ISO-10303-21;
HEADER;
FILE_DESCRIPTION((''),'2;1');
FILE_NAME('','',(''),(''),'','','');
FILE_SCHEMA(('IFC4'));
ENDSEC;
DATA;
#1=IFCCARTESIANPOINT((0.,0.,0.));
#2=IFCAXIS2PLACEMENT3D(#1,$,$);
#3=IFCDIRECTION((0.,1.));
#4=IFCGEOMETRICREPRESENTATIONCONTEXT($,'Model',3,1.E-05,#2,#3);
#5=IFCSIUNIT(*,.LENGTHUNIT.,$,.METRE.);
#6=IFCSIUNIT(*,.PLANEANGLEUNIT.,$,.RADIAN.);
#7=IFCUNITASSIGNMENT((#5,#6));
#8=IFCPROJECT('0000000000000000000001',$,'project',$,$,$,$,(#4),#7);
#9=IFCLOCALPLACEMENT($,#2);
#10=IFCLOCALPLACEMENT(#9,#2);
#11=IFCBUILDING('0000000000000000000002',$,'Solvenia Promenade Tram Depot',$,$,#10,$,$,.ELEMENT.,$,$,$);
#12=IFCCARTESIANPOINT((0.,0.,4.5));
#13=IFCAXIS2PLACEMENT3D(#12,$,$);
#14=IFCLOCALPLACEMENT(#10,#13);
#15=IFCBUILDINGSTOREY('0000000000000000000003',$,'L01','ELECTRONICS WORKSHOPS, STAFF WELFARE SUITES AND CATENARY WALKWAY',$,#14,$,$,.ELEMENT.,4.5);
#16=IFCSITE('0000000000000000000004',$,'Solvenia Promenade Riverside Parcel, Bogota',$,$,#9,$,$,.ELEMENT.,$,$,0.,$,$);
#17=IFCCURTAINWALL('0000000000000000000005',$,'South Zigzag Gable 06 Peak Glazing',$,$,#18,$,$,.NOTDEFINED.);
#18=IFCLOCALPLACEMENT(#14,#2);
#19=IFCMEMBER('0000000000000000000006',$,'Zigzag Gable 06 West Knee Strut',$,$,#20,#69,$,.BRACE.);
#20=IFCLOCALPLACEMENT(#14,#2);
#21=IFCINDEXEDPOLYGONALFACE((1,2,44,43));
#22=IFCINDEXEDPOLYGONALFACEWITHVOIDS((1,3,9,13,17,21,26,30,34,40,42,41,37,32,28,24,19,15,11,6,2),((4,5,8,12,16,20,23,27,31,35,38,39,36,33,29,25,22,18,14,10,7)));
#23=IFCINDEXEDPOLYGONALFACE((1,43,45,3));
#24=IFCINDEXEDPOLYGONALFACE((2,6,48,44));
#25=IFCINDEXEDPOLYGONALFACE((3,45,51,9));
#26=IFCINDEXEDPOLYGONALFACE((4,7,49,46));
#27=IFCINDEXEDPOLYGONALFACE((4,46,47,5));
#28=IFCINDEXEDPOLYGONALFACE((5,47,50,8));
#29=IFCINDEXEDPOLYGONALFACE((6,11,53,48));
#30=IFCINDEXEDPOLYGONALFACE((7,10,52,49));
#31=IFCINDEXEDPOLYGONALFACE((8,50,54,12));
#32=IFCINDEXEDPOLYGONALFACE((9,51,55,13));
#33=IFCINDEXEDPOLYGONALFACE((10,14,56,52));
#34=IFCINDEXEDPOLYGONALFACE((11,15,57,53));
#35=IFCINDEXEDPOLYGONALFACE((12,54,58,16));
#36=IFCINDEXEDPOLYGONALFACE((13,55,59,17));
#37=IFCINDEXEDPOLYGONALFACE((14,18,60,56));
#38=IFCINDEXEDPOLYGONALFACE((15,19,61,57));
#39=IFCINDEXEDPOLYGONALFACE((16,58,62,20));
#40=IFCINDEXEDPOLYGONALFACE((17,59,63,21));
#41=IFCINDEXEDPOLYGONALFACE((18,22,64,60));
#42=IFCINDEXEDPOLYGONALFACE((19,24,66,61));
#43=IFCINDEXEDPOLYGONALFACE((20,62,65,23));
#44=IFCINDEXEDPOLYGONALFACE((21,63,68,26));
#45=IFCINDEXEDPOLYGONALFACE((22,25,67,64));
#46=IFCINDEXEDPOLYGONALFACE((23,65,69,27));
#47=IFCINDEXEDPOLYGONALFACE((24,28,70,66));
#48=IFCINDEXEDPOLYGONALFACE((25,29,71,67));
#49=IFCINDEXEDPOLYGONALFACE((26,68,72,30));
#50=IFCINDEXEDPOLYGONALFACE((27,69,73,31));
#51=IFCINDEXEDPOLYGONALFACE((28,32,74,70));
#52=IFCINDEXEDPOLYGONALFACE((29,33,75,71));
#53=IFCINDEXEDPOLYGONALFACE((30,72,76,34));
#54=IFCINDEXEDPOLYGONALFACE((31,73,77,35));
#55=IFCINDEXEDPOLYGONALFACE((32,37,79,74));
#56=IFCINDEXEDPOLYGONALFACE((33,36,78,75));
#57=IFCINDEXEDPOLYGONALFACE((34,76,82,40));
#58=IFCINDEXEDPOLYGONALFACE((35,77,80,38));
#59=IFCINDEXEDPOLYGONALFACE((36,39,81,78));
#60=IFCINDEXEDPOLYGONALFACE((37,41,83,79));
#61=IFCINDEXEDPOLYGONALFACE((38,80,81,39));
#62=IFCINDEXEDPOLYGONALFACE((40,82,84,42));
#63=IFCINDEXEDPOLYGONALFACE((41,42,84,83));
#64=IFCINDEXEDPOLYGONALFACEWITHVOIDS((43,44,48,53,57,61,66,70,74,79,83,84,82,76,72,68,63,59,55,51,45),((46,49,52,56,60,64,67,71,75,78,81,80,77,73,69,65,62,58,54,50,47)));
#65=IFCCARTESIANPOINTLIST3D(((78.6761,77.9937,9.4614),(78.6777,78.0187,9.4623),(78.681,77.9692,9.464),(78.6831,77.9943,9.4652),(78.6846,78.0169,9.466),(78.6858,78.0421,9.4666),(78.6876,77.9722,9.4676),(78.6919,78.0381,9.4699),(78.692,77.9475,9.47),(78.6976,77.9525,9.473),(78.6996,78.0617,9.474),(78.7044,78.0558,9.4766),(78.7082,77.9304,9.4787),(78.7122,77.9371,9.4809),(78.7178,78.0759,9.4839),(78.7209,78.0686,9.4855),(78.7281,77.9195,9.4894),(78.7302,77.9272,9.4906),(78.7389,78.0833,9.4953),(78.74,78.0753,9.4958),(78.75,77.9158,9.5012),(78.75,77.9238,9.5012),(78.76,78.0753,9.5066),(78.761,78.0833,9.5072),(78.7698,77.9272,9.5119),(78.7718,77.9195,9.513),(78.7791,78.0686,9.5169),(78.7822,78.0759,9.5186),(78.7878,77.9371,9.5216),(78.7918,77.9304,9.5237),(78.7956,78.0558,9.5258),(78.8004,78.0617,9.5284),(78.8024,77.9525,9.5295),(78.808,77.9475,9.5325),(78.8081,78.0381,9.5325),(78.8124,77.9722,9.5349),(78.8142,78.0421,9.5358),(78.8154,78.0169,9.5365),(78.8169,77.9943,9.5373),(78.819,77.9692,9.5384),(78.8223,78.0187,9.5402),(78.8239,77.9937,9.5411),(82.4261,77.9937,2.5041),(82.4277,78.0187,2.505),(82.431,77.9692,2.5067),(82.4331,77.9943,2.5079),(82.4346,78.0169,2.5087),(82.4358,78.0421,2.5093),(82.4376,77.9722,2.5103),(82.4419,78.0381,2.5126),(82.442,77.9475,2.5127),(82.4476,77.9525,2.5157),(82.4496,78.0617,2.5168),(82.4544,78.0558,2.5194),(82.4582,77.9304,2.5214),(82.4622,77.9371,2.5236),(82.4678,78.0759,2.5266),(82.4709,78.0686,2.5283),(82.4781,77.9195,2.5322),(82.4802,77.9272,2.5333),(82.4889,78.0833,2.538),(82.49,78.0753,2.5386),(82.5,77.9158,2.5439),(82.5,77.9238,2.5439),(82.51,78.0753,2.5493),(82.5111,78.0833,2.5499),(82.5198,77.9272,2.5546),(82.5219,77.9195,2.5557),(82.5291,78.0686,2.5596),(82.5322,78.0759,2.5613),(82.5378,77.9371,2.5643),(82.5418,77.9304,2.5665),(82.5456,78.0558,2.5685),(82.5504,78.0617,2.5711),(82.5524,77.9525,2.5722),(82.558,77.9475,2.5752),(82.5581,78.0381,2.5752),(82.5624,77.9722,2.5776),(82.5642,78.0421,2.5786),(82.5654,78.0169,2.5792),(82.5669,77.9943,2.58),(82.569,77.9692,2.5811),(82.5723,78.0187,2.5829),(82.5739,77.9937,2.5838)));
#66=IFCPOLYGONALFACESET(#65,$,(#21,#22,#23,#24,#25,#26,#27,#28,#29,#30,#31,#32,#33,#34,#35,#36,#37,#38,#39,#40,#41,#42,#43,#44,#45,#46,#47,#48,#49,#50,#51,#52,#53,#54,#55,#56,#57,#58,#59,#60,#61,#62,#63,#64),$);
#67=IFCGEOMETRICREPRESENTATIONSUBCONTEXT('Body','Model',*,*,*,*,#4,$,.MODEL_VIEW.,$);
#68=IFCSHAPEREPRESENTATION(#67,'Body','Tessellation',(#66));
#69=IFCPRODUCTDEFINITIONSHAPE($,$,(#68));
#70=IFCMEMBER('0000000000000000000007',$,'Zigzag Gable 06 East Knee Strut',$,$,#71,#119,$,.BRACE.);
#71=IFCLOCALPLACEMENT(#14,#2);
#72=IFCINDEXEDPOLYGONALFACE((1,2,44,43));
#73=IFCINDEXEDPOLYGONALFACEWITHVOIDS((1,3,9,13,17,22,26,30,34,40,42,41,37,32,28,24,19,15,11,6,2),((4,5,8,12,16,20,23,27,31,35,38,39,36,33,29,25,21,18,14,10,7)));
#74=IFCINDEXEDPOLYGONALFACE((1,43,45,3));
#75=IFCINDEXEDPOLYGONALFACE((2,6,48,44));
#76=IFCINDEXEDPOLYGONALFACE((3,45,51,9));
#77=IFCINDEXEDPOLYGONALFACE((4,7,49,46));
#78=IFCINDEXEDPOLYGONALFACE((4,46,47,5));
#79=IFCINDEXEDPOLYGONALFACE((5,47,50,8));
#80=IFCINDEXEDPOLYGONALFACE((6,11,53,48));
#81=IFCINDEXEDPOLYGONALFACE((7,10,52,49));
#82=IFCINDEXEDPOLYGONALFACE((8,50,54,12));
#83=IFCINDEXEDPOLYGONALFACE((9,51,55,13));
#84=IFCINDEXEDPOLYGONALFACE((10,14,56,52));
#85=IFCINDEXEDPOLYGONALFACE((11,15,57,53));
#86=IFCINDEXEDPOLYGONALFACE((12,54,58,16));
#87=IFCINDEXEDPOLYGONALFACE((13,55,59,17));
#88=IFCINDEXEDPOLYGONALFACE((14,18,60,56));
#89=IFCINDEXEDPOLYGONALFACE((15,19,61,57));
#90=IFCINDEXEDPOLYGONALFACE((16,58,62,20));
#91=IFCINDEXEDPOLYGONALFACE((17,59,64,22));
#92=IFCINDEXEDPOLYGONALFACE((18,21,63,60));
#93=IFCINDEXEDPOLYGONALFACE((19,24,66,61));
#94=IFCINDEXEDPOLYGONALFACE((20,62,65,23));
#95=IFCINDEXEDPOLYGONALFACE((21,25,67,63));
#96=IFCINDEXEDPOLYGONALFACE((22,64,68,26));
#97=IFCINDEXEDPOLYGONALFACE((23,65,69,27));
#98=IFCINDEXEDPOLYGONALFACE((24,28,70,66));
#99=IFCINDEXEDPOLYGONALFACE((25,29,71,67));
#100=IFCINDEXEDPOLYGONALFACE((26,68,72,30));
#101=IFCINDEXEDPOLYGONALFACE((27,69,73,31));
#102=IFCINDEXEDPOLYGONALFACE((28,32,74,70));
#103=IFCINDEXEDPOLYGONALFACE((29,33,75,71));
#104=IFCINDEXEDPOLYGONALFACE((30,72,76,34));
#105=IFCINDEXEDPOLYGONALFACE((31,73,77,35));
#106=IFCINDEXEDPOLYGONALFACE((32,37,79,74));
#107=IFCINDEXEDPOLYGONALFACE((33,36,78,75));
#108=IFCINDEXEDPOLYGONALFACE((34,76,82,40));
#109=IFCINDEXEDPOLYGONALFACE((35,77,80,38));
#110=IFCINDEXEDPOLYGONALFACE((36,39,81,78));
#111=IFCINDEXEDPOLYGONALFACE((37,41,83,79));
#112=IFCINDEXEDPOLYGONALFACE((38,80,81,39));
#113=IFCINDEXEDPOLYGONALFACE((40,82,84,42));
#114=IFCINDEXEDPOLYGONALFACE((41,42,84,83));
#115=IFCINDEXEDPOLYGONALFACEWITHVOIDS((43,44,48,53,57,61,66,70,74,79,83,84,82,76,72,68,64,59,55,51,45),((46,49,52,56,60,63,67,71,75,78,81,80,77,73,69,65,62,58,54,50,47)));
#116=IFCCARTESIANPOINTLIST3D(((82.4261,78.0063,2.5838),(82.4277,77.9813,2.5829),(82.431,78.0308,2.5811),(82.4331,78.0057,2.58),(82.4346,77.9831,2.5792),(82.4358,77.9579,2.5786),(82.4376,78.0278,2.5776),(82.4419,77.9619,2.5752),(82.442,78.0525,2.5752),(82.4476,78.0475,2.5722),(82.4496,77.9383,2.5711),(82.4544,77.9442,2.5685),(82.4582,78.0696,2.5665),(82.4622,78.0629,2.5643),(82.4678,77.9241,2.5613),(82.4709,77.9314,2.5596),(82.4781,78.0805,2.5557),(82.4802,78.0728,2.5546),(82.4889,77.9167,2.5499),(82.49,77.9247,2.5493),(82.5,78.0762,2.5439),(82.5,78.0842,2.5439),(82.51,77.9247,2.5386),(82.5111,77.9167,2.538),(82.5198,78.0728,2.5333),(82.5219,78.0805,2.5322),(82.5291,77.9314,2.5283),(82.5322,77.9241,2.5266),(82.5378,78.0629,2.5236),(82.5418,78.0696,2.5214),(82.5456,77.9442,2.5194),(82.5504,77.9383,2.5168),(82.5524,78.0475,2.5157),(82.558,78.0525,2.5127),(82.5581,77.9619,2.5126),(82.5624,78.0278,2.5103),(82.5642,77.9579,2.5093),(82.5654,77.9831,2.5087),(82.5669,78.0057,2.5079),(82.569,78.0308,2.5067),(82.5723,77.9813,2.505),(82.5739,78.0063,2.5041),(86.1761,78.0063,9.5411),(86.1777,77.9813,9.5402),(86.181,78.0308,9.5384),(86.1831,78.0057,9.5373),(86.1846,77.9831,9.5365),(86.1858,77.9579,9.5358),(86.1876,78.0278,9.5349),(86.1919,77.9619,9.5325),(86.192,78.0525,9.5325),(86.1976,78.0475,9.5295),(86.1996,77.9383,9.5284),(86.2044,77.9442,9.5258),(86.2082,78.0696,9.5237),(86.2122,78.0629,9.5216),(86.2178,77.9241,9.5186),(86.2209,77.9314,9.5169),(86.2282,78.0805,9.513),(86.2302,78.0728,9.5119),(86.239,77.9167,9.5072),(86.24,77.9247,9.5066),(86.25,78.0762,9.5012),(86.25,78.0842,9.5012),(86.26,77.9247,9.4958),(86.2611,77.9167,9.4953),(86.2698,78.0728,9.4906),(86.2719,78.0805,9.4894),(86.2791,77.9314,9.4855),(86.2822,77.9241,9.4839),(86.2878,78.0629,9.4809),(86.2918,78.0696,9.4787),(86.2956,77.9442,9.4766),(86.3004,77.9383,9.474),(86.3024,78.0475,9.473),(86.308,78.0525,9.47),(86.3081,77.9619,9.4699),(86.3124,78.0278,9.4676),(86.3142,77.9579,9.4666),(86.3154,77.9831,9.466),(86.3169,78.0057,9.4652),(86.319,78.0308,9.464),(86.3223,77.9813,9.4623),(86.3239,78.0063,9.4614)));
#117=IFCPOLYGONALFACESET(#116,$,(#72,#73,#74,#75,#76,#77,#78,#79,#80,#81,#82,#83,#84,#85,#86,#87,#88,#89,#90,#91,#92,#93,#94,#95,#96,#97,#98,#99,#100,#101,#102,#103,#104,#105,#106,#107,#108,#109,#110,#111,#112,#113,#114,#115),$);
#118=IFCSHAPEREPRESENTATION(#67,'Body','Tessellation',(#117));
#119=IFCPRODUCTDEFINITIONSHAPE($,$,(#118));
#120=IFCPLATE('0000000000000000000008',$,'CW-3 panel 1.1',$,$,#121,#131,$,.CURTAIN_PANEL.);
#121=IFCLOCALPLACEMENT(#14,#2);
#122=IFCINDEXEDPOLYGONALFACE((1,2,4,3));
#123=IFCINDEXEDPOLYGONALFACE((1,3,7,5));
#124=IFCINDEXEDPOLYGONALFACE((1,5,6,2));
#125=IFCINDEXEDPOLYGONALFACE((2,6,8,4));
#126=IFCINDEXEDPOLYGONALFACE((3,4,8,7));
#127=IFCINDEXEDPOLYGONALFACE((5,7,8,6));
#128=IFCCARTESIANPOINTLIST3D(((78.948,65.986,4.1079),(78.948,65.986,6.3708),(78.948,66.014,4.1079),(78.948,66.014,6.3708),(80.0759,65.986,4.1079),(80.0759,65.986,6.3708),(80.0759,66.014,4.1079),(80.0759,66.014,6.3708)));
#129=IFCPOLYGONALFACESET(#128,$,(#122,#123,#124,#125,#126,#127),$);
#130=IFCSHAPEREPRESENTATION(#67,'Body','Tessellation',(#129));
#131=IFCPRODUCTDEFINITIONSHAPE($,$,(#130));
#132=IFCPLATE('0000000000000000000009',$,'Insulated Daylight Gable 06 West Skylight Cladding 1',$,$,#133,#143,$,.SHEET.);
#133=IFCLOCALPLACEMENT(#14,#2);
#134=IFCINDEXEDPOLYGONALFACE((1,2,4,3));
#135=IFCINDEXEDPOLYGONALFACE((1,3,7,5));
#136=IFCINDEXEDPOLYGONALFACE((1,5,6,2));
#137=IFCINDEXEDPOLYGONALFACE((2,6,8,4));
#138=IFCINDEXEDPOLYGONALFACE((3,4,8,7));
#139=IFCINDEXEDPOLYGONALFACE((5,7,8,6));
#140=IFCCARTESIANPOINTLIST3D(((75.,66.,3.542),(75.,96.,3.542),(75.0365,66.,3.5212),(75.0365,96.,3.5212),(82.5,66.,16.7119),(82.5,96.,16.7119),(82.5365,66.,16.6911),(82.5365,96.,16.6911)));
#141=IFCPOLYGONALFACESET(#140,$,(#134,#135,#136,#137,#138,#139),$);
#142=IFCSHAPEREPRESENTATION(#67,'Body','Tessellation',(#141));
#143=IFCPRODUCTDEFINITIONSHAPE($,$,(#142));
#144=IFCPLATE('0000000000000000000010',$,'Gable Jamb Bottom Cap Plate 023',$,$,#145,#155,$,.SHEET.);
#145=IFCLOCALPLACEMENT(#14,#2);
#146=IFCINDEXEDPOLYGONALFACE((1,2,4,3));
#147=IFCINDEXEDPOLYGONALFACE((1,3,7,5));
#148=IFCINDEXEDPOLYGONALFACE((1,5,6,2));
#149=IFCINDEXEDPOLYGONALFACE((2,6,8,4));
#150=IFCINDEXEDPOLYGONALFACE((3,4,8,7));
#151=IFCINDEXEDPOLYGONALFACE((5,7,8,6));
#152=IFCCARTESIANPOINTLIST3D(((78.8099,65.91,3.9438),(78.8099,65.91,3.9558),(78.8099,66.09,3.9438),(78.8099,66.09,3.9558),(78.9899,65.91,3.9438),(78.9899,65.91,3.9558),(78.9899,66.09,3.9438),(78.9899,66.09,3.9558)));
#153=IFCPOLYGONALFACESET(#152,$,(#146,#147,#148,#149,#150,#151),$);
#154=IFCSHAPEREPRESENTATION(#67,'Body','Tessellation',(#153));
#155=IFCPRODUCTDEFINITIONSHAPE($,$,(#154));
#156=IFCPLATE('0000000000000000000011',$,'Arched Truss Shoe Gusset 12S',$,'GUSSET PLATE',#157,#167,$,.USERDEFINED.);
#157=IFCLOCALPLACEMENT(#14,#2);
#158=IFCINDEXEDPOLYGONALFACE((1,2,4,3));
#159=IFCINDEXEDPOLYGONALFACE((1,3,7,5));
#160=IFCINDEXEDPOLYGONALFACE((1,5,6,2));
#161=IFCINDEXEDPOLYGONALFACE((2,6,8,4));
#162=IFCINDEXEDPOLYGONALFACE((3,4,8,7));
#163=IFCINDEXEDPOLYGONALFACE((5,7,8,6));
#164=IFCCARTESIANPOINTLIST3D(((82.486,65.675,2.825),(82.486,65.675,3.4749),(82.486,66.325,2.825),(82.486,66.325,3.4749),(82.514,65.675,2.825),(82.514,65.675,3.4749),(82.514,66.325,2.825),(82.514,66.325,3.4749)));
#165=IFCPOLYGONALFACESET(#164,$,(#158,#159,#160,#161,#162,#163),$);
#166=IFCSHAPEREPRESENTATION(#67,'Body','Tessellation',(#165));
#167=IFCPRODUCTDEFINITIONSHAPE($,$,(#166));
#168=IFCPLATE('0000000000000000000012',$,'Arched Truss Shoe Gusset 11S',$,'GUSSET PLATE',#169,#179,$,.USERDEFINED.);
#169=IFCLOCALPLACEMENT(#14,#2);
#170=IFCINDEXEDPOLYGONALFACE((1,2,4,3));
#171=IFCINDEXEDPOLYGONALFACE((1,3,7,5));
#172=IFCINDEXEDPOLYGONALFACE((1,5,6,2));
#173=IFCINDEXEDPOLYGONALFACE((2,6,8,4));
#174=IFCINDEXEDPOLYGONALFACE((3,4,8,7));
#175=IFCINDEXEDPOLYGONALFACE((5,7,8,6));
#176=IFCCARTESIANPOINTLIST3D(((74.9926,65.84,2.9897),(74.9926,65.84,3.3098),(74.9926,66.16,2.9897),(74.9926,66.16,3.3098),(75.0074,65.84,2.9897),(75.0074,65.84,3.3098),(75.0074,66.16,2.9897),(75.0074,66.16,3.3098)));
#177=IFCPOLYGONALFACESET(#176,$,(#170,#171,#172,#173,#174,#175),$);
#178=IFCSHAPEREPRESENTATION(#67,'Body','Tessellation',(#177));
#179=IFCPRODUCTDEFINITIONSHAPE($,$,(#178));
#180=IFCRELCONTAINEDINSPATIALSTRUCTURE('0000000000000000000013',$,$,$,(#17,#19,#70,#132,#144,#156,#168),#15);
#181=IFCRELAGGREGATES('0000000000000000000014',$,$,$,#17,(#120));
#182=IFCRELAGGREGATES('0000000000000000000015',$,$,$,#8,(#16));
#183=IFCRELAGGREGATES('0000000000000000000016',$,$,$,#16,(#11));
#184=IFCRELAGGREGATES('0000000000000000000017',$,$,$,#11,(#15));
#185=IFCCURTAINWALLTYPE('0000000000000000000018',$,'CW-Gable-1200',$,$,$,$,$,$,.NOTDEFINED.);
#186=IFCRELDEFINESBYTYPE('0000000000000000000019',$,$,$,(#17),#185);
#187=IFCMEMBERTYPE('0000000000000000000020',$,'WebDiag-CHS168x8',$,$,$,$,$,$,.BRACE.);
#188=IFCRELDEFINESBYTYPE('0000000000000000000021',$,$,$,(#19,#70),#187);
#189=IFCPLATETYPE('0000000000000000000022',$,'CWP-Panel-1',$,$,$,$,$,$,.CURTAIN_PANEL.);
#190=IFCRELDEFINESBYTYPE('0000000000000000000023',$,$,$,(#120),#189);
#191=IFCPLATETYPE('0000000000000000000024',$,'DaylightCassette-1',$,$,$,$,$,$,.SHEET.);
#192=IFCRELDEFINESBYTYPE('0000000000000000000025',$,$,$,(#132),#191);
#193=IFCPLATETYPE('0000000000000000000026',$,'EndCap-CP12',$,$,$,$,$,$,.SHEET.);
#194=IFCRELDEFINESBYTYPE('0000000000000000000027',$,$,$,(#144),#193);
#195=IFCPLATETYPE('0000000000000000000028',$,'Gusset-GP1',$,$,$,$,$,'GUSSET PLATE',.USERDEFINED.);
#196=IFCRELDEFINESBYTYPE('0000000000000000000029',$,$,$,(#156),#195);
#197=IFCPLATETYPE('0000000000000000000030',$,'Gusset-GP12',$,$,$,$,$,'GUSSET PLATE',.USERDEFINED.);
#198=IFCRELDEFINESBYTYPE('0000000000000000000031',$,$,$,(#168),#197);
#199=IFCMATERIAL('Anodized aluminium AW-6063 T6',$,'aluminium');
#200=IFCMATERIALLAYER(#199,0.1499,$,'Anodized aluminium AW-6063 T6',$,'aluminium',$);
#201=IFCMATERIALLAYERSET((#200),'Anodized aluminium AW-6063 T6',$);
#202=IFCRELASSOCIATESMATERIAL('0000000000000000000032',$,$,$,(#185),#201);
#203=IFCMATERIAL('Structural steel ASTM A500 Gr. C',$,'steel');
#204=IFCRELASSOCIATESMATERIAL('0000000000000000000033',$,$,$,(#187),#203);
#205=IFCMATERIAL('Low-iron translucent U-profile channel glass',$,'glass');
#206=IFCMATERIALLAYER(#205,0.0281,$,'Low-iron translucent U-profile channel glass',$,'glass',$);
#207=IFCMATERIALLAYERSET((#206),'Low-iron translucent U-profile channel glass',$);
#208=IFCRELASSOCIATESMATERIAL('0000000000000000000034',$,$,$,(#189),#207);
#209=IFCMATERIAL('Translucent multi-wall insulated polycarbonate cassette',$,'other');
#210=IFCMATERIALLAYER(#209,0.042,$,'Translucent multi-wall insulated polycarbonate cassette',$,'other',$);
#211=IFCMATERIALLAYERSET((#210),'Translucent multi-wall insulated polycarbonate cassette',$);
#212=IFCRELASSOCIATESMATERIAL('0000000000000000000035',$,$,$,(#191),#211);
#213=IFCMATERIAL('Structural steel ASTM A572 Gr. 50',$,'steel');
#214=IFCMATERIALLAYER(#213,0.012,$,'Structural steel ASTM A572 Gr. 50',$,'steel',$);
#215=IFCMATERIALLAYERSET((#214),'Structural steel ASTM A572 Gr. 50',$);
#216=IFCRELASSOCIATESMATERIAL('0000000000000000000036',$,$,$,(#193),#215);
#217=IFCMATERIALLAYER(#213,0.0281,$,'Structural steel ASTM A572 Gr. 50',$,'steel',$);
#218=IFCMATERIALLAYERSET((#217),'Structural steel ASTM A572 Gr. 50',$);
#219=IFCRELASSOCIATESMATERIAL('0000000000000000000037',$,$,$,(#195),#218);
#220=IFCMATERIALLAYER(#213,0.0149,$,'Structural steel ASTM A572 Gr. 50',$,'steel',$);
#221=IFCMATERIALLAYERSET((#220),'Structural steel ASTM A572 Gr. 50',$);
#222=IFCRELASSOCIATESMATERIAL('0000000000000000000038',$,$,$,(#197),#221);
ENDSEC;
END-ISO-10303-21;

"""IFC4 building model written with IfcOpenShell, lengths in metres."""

from ifc_helpers import new_model, si_unit, direction, frame, origin, origin_2d, place, context, subcontext, project, spatial, polyline, rectangle, hollow_circle, outline, extrude, material, layer, layer_set, material_profile, profile_set, type_object, element, aggregate, save


model = new_model("IFC4")

# Units and contexts
model_context = context("Model", 3, precision=1e-05, world=origin(), true_north=direction((0.0, 1.0)))
body_context = subcontext(model_context, "Body", "Model", "MODEL_VIEW")
ifc_project = project(units=[si_unit("LENGTHUNIT", "METRE"), si_unit("PLANEANGLEUNIT", "RADIAN")], contexts=[model_context])

# Site, building, storey
site_placement = place(None, origin())
site = spatial("IfcSite", under=ifc_project, at=site_placement, Name="Solvenia Promenade Riverside Parcel, Bogota", CompositionType="ELEMENT", RefElevation=0.0)
building_placement = place(site_placement, origin())
building = spatial("IfcBuilding", under=site, at=building_placement, Name="Solvenia Promenade Tram Depot", CompositionType="ELEMENT")
storey_placement = place(building_placement, frame((0.0, 0.0, 4.5)))
storey = spatial("IfcBuildingStorey", under=building, at=storey_placement, Name="L01", Description="ELECTRONICS WORKSHOPS, STAFF WELFARE SUITES AND CATENARY WALKWAY", CompositionType="ELEMENT", Elevation=4.5)

# Shared definitions
ifc_material_1 = material(Name="Structural steel ASTM A500 Gr. C", Category="steel")

# Curtain wall
ifc_material_2 = material(Name="Anodized aluminium AW-6063 T6", Category="aluminium")
ifc_layer_1 = layer(ifc_material_2, 0.1499, Name="Anodized aluminium AW-6063 T6", Category="aluminium")
ifc_layer_set_1 = layer_set([ifc_layer_1], Name="Anodized aluminium AW-6063 T6")
curtain_wall_type_1 = type_object("IfcCurtainWallType", Name="CW-Gable-1200", PredefinedType="NOTDEFINED", material=ifc_layer_set_1)
curtain_wall_1_placement = place(storey_placement, origin())
curtain_wall_1 = element("IfcCurtainWall", 1, at=curtain_wall_1_placement, inside=storey, type_object=curtain_wall_type_1, Name="South Zigzag Gable 06 Peak Glazing", PredefinedType="NOTDEFINED")

# Members
ifc_material_profile_1 = material_profile(ifc_material_1, hollow_circle(Radius=0.0842, WallThickness=0.0081, at=origin_2d()), Name="CHS168.3x8", Category="steel")
ifc_profile_set_1 = profile_set([ifc_material_profile_1], Name="Structural steel ASTM A500 Gr. C")
member_type_1 = type_object("IfcMemberType", Name="WebDiag-CHS168x8", PredefinedType="BRACE", material=ifc_profile_set_1)
for number, where, z_axis, x_axis, name in (
    (2, (82.5, 78.0, 2.5439), (-0.47447, 0.0, 0.880272), (0.0, -1.0, 0.0), "Zigzag Gable 06 West Knee Strut"),
    (3, (82.5, 78.0, 2.5439), (0.47447, 0.0, 0.880272), (0.0, 1.0, 0.0), "Zigzag Gable 06 East Knee Strut"),
):
    element("IfcMember", number, at=place(storey_placement, frame(where, z_axis=z_axis, x_axis=x_axis)), inside=storey, type_object=member_type_1, Name=name, PredefinedType="BRACE", context=body_context, shape_type="SweptSolid", body=[
        extrude(hollow_circle(Radius=0.0842, WallThickness=0.0081, at=origin_2d()), origin(), (0.0, 0.0, 1.0), 7.9036),
    ])

# Plate
ifc_material_3 = material(Name="Low-iron translucent U-profile channel glass", Category="glass")
ifc_layer_2 = layer(ifc_material_3, 0.0281, Name="Low-iron translucent U-profile channel glass", Category="glass")
ifc_layer_set_2 = layer_set([ifc_layer_2], Name="Low-iron translucent U-profile channel glass")
plate_type_1 = type_object("IfcPlateType", Name="CWP-Panel-1", PredefinedType="CURTAIN_PANEL", material=ifc_layer_set_2)
plate_1_placement = place(storey_placement, frame((79.512, 66.0, 4.1079), z_axis=(0.0, 0.0, 1.0), x_axis=(1.0, 0.0, 0.0)))
plate_1 = element("IfcPlate", 4, at=plate_1_placement, type_object=plate_type_1, Name="CW-3 panel 1.1", PredefinedType="CURTAIN_PANEL", context=body_context, shape_type="SweptSolid", body=[
    extrude(rectangle(XDim=1.1279, YDim=0.0281, at=origin_2d()), origin(), (0.0, 0.0, 1.0), 2.2629),
])
aggregate(curtain_wall_1, [plate_1])

# Plates
ifc_material_4 = material(Name="Translucent multi-wall insulated polycarbonate cassette", Category="other")
ifc_layer_3 = layer(ifc_material_4, 0.042, Name="Translucent multi-wall insulated polycarbonate cassette", Category="other")
ifc_layer_set_3 = layer_set([ifc_layer_3], Name="Translucent multi-wall insulated polycarbonate cassette")
plate_type_2 = type_object("IfcPlateType", Name="DaylightCassette-1", PredefinedType="SHEET", material=ifc_layer_set_3)
plate_2_placement = place(storey_placement, frame((75.0, 66.0, 3.542), z_axis=(-0.868972, 0.0, 0.494862), x_axis=(0.0, 1.0, 0.0)))
element("IfcPlate", 5, at=plate_2_placement, inside=storey, type_object=plate_type_2, Name="Insulated Daylight Gable 06 West Skylight Cladding 1", PredefinedType="SHEET", context=body_context, shape_type="SweptSolid", body=[
    extrude(outline(polyline([(0.0, 0.0), (30.0, 0.0), (30.0, -15.1558), (0.0, -15.1558), (0.0, 0.0)])), origin(), (0.0, 0.0, -1.0), 0.042),
])
ifc_material_5 = material(Name="Structural steel ASTM A572 Gr. 50", Category="steel")
ifc_layer_4 = layer(ifc_material_5, 0.012, Name="Structural steel ASTM A572 Gr. 50", Category="steel")
ifc_layer_set_4 = layer_set([ifc_layer_4], Name="Structural steel ASTM A572 Gr. 50")
plate_type_3 = type_object("IfcPlateType", Name="EndCap-CP12", PredefinedType="SHEET", material=ifc_layer_set_4)
plate_3_placement = place(storey_placement, frame((78.8999, 66.0, 3.9438), z_axis=(0.0, 0.0, 1.0), x_axis=(1.0, 0.0, 0.0)))
element("IfcPlate", 6, at=plate_3_placement, inside=storey, type_object=plate_type_3, Name="Gable Jamb Bottom Cap Plate 023", PredefinedType="SHEET", context=body_context, shape_type="SweptSolid", body=[
    extrude(rectangle(XDim=0.1799, YDim=0.1799, at=origin_2d()), origin(), (0.0, 0.0, 1.0), 0.012),
])
ifc_layer_5 = layer(ifc_material_5, 0.0281, Name="Structural steel ASTM A572 Gr. 50", Category="steel")
ifc_layer_set_5 = layer_set([ifc_layer_5], Name="Structural steel ASTM A572 Gr. 50")
plate_type_4 = type_object("IfcPlateType", Name="Gusset-GP1", ElementType="GUSSET PLATE", PredefinedType="USERDEFINED", material=ifc_layer_set_5)
plate_4_placement = place(storey_placement, frame((82.5, 66.0, 2.825), z_axis=(0.0, 0.0, 1.0), x_axis=(1.0, 0.0, 0.0)))
element("IfcPlate", 7, at=plate_4_placement, inside=storey, type_object=plate_type_4, Name="Arched Truss Shoe Gusset 12S", ObjectType="GUSSET PLATE", PredefinedType="USERDEFINED", context=body_context, shape_type="SweptSolid", body=[
    extrude(rectangle(XDim=0.0281, YDim=0.6499, at=origin_2d()), origin(), (0.0, 0.0, 1.0), 0.6499),
])
ifc_layer_6 = layer(ifc_material_5, 0.0149, Name="Structural steel ASTM A572 Gr. 50", Category="steel")
ifc_layer_set_6 = layer_set([ifc_layer_6], Name="Structural steel ASTM A572 Gr. 50")
plate_type_5 = type_object("IfcPlateType", Name="Gusset-GP12", ElementType="GUSSET PLATE", PredefinedType="USERDEFINED", material=ifc_layer_set_6)
plate_5_placement = place(storey_placement, frame((75.0, 66.0, 2.9897), z_axis=(0.0, 0.0, 1.0), x_axis=(1.0, 0.0, 0.0)))
element("IfcPlate", 8, at=plate_5_placement, inside=storey, type_object=plate_type_5, Name="Arched Truss Shoe Gusset 11S", ObjectType="GUSSET PLATE", PredefinedType="USERDEFINED", context=body_context, shape_type="SweptSolid", body=[
    extrude(rectangle(XDim=0.0149, YDim=0.3201, at=origin_2d()), origin(), (0.0, 0.0, 1.0), 0.3201),
])

save(model, "model.ifc")
